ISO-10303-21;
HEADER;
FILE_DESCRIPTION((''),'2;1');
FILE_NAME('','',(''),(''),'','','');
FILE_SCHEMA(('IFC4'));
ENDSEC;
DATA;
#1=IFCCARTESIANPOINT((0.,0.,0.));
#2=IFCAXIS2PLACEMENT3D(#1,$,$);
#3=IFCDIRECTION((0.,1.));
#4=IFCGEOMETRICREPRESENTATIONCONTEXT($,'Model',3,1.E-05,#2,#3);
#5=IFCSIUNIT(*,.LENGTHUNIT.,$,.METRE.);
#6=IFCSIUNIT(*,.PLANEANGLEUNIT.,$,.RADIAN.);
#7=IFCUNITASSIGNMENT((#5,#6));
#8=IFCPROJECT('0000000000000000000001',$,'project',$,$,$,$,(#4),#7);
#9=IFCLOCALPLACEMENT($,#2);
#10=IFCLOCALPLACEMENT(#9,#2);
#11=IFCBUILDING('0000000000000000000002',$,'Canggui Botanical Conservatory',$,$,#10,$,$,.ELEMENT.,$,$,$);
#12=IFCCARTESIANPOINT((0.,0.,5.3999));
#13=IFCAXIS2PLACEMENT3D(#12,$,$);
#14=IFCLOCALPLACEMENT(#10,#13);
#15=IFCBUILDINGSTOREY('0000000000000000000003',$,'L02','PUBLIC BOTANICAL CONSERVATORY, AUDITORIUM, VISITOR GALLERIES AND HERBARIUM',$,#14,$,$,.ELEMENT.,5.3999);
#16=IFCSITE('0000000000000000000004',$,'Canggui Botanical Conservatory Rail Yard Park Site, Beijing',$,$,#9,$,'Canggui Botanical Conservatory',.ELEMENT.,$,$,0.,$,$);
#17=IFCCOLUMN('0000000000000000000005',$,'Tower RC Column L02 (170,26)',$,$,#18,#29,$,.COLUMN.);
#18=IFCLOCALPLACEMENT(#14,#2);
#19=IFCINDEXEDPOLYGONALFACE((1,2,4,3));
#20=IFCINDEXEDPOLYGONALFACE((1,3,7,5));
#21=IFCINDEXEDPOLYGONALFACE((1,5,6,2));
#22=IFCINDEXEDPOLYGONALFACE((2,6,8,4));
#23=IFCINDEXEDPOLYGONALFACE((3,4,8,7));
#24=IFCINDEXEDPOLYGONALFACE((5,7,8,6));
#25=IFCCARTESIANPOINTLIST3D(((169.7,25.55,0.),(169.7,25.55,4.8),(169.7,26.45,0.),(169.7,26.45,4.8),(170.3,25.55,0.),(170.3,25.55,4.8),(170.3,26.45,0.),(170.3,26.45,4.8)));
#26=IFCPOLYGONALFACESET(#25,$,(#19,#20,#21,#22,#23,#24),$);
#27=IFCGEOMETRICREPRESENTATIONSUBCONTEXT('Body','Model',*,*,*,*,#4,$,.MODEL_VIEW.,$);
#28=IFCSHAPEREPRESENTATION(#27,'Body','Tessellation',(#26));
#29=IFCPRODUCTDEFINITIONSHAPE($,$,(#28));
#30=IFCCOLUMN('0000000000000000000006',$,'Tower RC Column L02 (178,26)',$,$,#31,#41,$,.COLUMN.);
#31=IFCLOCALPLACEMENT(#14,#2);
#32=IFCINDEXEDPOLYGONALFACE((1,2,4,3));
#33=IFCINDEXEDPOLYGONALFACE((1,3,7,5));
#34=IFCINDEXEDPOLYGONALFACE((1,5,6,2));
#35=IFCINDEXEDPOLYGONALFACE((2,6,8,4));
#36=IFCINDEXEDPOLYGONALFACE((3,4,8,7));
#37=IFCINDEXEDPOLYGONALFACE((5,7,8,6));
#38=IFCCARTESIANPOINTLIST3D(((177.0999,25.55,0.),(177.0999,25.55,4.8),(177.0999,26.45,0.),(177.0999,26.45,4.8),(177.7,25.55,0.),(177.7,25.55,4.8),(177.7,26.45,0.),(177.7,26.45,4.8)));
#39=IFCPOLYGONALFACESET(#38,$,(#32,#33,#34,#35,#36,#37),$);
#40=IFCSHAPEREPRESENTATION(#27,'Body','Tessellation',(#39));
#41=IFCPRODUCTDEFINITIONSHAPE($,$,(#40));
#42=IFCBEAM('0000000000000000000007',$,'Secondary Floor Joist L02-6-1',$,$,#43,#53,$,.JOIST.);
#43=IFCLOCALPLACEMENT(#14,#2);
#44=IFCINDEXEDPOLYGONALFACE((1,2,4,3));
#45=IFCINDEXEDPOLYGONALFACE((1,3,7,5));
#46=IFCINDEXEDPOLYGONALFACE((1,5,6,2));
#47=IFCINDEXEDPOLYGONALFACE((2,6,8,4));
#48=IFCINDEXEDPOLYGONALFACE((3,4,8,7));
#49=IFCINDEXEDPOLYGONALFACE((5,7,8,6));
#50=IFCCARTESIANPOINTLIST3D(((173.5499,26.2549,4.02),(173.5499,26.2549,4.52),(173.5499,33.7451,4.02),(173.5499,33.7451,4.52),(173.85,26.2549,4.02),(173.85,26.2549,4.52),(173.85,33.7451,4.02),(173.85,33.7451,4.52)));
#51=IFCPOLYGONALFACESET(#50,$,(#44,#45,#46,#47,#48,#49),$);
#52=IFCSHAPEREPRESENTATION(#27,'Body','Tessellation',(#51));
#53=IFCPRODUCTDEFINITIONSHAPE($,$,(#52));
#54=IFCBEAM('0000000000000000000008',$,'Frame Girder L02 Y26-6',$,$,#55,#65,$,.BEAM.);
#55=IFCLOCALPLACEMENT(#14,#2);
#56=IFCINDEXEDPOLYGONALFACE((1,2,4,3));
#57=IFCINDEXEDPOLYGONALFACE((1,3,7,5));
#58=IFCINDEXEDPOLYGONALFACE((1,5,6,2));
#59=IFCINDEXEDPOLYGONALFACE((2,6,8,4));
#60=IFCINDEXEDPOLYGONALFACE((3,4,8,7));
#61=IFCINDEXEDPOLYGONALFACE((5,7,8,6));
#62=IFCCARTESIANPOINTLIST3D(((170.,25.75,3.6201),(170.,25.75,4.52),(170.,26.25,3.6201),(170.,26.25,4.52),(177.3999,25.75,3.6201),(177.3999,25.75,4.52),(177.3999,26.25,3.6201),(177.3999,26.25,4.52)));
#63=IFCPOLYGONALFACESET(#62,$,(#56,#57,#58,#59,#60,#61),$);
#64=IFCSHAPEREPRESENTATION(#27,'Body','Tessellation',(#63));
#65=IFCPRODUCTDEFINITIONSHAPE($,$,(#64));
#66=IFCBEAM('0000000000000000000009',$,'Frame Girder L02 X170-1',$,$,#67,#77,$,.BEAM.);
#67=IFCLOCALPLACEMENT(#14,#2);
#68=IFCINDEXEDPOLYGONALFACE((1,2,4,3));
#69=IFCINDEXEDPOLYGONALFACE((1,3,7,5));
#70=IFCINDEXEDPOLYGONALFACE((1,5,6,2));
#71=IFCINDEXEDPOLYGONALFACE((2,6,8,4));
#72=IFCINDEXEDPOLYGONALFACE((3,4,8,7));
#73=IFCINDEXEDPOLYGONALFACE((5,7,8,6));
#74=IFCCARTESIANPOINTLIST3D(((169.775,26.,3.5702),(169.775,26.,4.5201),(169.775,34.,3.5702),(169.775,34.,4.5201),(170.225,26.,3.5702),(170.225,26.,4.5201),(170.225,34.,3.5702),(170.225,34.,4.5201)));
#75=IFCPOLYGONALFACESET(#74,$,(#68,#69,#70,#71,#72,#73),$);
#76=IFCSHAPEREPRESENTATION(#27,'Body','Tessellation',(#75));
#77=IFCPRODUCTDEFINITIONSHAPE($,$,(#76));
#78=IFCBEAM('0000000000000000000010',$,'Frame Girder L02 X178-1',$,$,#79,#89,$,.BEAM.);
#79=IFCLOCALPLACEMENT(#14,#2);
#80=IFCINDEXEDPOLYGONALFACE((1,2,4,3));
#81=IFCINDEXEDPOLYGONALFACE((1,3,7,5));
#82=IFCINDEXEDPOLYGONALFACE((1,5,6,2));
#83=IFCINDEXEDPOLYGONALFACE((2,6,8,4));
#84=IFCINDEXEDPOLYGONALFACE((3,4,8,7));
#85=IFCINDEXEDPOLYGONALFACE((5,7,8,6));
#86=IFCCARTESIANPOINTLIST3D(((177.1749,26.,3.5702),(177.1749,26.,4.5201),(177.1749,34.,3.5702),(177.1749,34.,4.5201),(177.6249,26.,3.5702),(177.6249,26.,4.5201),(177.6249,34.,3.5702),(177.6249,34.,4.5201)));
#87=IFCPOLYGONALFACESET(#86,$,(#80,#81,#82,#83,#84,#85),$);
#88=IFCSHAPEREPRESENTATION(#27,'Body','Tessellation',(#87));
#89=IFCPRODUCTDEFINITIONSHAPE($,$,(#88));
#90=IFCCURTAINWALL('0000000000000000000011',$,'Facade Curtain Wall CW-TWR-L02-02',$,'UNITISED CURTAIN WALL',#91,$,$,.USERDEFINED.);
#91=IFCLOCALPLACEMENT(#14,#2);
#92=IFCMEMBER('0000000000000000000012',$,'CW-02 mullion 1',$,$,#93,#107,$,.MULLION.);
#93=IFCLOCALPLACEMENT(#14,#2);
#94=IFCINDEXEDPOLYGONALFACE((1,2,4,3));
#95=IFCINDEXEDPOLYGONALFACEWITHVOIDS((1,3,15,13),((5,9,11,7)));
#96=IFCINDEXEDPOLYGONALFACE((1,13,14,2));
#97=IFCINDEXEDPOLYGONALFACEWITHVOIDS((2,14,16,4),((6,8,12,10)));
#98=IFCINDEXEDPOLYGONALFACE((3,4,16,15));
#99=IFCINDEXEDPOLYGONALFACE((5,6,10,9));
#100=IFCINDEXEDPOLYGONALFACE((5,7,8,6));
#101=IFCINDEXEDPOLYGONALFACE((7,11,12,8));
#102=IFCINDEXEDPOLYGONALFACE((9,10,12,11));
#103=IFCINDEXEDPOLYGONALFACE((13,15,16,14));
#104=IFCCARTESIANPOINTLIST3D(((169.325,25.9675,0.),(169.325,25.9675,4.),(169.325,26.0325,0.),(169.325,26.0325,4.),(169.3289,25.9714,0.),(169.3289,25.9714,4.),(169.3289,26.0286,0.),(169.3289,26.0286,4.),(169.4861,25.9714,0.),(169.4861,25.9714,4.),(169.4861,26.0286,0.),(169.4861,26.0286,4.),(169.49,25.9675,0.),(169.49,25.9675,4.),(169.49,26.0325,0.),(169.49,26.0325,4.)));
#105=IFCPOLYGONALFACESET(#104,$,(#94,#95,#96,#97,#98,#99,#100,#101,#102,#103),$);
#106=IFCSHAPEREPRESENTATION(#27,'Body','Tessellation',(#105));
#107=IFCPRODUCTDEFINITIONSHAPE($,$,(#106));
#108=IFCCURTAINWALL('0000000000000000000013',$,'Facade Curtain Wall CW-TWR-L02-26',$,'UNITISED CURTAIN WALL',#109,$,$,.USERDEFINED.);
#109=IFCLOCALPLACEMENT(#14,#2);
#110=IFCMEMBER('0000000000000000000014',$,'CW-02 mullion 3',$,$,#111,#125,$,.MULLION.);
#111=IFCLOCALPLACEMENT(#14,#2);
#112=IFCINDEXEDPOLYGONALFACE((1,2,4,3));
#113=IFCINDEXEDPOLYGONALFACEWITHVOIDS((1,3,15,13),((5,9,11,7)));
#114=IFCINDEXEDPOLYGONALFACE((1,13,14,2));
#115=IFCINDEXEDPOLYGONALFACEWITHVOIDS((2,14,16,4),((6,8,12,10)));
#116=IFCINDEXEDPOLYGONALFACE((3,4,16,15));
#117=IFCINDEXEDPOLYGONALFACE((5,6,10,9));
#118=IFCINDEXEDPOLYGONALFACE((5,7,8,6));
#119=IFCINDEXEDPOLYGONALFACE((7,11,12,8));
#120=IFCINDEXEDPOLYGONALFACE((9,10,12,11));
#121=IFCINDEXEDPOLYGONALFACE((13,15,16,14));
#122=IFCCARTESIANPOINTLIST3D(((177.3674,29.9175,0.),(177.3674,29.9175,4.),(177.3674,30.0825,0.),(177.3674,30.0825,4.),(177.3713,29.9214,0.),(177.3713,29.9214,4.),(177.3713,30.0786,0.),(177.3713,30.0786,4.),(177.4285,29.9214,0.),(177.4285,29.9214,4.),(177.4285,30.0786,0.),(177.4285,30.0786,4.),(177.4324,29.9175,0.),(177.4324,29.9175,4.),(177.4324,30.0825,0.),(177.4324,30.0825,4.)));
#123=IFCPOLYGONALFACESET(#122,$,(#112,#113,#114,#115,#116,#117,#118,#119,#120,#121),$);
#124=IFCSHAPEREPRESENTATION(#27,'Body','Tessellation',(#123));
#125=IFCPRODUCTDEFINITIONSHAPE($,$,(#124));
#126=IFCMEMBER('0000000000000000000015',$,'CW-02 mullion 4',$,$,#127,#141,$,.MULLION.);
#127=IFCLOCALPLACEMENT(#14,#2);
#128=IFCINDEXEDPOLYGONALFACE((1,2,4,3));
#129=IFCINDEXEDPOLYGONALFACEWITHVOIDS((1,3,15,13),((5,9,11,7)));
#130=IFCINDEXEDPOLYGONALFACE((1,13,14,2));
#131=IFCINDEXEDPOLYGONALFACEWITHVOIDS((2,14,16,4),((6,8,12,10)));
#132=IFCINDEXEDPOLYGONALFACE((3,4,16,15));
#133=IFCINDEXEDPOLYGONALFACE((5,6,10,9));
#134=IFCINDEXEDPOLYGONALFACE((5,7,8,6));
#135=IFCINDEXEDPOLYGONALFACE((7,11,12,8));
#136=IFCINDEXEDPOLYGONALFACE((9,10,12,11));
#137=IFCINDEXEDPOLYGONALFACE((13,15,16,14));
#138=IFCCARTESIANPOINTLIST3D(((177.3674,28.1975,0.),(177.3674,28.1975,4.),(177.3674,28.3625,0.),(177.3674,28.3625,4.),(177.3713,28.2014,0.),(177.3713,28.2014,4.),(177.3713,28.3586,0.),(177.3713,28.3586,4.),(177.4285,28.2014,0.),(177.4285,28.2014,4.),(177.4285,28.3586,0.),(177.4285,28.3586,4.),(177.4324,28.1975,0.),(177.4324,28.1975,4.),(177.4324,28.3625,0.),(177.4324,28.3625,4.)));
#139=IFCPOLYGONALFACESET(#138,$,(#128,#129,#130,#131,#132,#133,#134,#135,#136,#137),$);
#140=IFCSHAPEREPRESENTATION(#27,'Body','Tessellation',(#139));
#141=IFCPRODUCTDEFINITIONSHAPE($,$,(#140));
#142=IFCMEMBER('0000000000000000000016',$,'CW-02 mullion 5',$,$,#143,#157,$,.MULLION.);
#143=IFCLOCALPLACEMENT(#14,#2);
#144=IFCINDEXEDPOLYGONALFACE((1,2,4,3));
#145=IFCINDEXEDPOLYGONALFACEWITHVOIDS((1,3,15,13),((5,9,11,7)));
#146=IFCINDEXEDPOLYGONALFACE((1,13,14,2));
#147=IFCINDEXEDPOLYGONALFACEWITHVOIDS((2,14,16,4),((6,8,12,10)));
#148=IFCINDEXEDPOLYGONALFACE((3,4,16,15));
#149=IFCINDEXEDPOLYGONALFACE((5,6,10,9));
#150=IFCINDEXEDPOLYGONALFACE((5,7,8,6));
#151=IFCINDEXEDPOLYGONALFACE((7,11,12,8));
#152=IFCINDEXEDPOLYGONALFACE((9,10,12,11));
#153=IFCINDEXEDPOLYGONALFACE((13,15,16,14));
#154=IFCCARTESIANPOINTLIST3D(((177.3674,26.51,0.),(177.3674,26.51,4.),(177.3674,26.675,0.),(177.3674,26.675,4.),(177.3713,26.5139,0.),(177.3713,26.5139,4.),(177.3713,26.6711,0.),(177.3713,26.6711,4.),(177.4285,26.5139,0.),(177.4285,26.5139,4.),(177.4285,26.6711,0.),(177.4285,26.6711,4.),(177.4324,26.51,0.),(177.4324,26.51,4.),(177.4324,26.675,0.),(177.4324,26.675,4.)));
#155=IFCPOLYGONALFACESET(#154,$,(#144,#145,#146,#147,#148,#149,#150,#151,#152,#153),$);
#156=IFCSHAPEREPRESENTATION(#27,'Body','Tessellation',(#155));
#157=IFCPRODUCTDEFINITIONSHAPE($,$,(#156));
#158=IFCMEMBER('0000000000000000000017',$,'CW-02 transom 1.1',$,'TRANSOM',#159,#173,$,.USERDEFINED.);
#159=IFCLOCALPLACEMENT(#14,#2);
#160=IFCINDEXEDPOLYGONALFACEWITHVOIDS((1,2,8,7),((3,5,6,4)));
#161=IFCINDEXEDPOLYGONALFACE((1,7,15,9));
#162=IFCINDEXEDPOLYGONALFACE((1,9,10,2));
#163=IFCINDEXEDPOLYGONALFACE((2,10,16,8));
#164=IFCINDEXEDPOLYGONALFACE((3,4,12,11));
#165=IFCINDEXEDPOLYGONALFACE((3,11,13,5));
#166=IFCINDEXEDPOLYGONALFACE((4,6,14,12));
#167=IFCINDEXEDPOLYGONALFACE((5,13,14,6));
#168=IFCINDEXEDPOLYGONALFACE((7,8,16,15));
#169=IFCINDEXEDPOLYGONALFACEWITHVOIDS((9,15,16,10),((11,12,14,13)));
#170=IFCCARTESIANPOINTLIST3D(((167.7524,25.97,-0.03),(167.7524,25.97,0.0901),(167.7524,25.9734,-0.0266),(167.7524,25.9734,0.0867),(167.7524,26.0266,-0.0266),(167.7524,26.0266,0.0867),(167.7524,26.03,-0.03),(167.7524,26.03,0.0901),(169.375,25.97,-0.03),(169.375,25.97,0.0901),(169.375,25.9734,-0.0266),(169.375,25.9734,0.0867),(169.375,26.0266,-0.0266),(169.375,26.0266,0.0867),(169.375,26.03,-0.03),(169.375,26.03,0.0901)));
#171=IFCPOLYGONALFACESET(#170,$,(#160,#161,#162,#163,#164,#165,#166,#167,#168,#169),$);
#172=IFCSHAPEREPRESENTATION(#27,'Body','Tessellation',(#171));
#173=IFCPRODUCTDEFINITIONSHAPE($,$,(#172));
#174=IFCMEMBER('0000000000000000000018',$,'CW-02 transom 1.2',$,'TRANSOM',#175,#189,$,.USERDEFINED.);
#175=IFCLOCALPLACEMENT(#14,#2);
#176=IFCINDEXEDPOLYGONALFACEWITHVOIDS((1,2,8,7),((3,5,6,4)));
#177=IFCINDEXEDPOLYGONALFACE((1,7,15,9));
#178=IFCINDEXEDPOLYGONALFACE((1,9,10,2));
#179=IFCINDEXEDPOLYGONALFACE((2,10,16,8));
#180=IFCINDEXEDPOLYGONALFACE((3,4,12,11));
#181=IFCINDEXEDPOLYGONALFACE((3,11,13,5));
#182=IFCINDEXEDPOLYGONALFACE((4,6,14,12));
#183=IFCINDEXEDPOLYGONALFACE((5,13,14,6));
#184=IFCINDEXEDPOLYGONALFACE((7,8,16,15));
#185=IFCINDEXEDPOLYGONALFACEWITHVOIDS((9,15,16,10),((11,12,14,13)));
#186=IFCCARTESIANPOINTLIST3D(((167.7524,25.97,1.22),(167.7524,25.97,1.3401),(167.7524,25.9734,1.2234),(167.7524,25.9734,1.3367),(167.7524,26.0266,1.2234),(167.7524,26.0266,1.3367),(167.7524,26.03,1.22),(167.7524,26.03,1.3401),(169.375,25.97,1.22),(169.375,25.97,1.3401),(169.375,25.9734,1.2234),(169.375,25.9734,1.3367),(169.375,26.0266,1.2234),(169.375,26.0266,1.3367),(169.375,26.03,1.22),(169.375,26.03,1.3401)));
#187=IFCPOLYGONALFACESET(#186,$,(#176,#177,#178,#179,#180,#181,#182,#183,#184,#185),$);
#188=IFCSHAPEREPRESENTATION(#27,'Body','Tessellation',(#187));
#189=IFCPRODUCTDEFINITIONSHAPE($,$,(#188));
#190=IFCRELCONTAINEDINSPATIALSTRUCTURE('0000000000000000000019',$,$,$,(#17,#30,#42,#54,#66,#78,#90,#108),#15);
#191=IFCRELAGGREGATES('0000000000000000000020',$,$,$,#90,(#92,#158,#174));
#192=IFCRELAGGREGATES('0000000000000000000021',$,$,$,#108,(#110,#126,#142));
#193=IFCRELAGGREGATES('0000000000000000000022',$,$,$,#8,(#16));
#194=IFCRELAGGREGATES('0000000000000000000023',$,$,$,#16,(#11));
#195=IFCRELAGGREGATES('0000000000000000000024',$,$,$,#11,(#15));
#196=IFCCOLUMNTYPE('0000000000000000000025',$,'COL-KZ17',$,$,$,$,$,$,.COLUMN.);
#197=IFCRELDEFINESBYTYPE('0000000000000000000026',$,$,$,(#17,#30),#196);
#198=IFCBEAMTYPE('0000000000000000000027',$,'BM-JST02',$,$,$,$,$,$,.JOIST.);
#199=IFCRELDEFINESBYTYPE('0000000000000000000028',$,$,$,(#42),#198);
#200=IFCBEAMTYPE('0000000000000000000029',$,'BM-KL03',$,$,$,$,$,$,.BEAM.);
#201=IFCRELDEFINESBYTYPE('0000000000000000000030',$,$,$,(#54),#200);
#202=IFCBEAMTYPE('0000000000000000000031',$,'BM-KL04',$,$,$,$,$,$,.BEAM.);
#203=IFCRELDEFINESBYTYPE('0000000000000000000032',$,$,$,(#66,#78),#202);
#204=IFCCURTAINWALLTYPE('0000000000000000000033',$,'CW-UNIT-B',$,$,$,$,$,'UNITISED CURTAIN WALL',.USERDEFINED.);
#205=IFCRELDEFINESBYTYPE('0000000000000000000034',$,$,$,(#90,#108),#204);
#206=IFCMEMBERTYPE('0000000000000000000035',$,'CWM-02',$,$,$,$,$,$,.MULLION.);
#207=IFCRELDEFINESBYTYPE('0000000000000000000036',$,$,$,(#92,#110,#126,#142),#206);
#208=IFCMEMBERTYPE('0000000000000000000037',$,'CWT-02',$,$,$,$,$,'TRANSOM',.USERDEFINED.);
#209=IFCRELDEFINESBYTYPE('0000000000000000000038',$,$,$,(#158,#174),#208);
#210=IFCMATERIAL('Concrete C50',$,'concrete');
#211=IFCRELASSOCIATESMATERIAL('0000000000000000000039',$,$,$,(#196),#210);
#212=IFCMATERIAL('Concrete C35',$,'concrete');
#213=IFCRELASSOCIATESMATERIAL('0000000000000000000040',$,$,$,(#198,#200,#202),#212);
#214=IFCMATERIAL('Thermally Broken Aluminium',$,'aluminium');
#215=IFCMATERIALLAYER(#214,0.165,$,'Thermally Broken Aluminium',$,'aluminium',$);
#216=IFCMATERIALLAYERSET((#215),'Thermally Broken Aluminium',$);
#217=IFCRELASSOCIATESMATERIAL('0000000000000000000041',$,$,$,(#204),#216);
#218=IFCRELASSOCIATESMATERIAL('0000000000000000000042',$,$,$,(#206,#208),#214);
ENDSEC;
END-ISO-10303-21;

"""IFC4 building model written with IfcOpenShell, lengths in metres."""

from ifc_helpers import new_model, si_unit, direction, frame, origin, origin_2d, place, context, subcontext, project, spatial, rectangle, hollow_rectangle, extrude, material, layer, layer_set, material_profile, profile_set, type_object, element, aggregate, save


model = new_model("IFC4")

# Units and contexts
model_context = context("Model", 3, precision=1e-05, world=origin(), true_north=direction((0.0, 1.0)))
body_context = subcontext(model_context, "Body", "Model", "MODEL_VIEW")
ifc_project = project(units=[si_unit("LENGTHUNIT", "METRE"), si_unit("PLANEANGLEUNIT", "RADIAN")], contexts=[model_context])

# Site, building, storey
site_placement = place(None, origin())
site = spatial("IfcSite", under=ifc_project, at=site_placement, Name="Canggui Botanical Conservatory Rail Yard Park Site, Beijing", LongName="Canggui Botanical Conservatory", CompositionType="ELEMENT", RefElevation=0.0)
building_placement = place(site_placement, origin())
building = spatial("IfcBuilding", under=site, at=building_placement, Name="Canggui Botanical Conservatory", CompositionType="ELEMENT")
storey_placement = place(building_placement, frame((0.0, 0.0, 5.3999)))
storey = spatial("IfcBuildingStorey", under=building, at=storey_placement, Name="L02", Description="PUBLIC BOTANICAL CONSERVATORY, AUDITORIUM, VISITOR GALLERIES AND HERBARIUM", CompositionType="ELEMENT", Elevation=5.3999)

# Columns
ifc_material_1 = material(Name="Concrete C50", Category="concrete")
ifc_material_profile_1 = material_profile(ifc_material_1, rectangle(XDim=0.6001, YDim=0.8999, at=origin_2d()), Name="RC 600x900")
ifc_profile_set_1 = profile_set([ifc_material_profile_1], Name="Concrete C50")
column_type = type_object("IfcColumnType", Name="COL-KZ17", PredefinedType="COLUMN", material=ifc_profile_set_1)
for number, where, z_axis, x_axis, name in (
    (1, (170.0, 26.0, 0.0), (0.0, 0.0, 1.0), (1.0, 0.0, 0.0), "Tower RC Column L02 (170,26)"),
    (2, (177.3999, 26.0, 0.0), (0.0, 0.0, 1.0), (1.0, 0.0, 0.0), "Tower RC Column L02 (178,26)"),
):
    element("IfcColumn", number, at=place(storey_placement, frame(where, z_axis=z_axis, x_axis=x_axis)), inside=storey, type_object=column_type, Name=name, PredefinedType="COLUMN", context=body_context, shape_type="SweptSolid", body=[
        extrude(rectangle(XDim=0.6001, YDim=0.8999, at=origin_2d()), origin(), (0.0, 0.0, 1.0), 4.8),
    ])

# Beams
ifc_material_2 = material(Name="Concrete C35", Category="concrete")
ifc_material_profile_2 = material_profile(ifc_material_2, rectangle(XDim=0.3, YDim=0.5, at=origin_2d()), Name="RB 300x500")
ifc_profile_set_2 = profile_set([ifc_material_profile_2], Name="Concrete C35")
beam_type_1 = type_object("IfcBeamType", Name="BM-JST02", PredefinedType="JOIST", material=ifc_profile_set_2)
beam_1_placement = place(storey_placement, frame((173.7, 26.2549, 4.27), z_axis=(0.0, 1.0, 0.0), x_axis=(-1.0, 0.0, 0.0)))
element("IfcBeam", 3, at=beam_1_placement, inside=storey, type_object=beam_type_1, Name="Secondary Floor Joist L02-6-1", PredefinedType="JOIST", context=body_context, shape_type="SweptSolid", body=[
    extrude(rectangle(XDim=0.3, YDim=0.5, at=origin_2d()), origin(), (0.0, 0.0, 1.0), 7.4902),
])
ifc_material_profile_3 = material_profile(ifc_material_2, rectangle(XDim=0.5, YDim=0.8999, at=origin_2d()), Name="RB 500x900")
ifc_profile_set_3 = profile_set([ifc_material_profile_3], Name="Concrete C35")
beam_type_2 = type_object("IfcBeamType", Name="BM-KL03", PredefinedType="BEAM", material=ifc_profile_set_3)
beam_2_placement = place(storey_placement, frame((170.0, 26.0, 4.0701), z_axis=(1.0, 0.0, 0.0), x_axis=(0.0, 1.0, 0.0)))
element("IfcBeam", 4, at=beam_2_placement, inside=storey, type_object=beam_type_2, Name="Frame Girder L02 Y26-6", PredefinedType="BEAM", context=body_context, shape_type="SweptSolid", body=[
    extrude(rectangle(XDim=0.5, YDim=0.8999, at=origin_2d()), origin(), (0.0, 0.0, 1.0), 7.3999),
])
ifc_material_profile_4 = material_profile(ifc_material_2, rectangle(XDim=0.45, YDim=0.95, at=origin_2d()), Name="RB 450x950")
ifc_profile_set_4 = profile_set([ifc_material_profile_4], Name="Concrete C35")
beam_type_3 = type_object("IfcBeamType", Name="BM-KL04", PredefinedType="BEAM", material=ifc_profile_set_4)
for number, where, z_axis, x_axis, name in (
    (5, (170.0, 26.0, 4.0452), (0.0, 1.0, 0.0), (-1.0, 0.0, 0.0), "Frame Girder L02 X170-1"),
    (6, (177.3999, 26.0, 4.0452), (0.0, 1.0, 0.0), (-1.0, 0.0, 0.0), "Frame Girder L02 X178-1"),
):
    element("IfcBeam", number, at=place(storey_placement, frame(where, z_axis=z_axis, x_axis=x_axis)), inside=storey, type_object=beam_type_3, Name=name, PredefinedType="BEAM", context=body_context, shape_type="SweptSolid", body=[
        extrude(rectangle(XDim=0.45, YDim=0.95, at=origin_2d()), origin(), (0.0, 0.0, 1.0), 8.0),
    ])

# Curtain wall, member
ifc_material_3 = material(Name="Thermally Broken Aluminium", Category="aluminium")
ifc_layer_1 = layer(ifc_material_3, 0.165, Name="Thermally Broken Aluminium", Category="aluminium")
ifc_layer_set_1 = layer_set([ifc_layer_1], Name="Thermally Broken Aluminium")
curtain_wall_type = type_object("IfcCurtainWallType", Name="CW-UNIT-B", ElementType="UNITISED CURTAIN WALL", PredefinedType="USERDEFINED", material=ifc_layer_set_1)
curtain_wall_1_placement = place(storey_placement, origin())
curtain_wall_1 = element("IfcCurtainWall", 7, at=curtain_wall_1_placement, inside=storey, type_object=curtain_wall_type, Name="Facade Curtain Wall CW-TWR-L02-02", ObjectType="UNITISED CURTAIN WALL", PredefinedType="USERDEFINED")
ifc_material_profile_5 = material_profile(ifc_material_3, hollow_rectangle(XDim=0.0649, YDim=0.165, WallThickness=0.0039, at=origin_2d()), Name="CWM 65x165x4")
ifc_profile_set_5 = profile_set([ifc_material_profile_5], Name="Thermally Broken Aluminium")
member_type_1 = type_object("IfcMemberType", Name="CWM-02", PredefinedType="MULLION", material=ifc_profile_set_5)
member_1_placement = place(storey_placement, frame((169.4075, 26.0, 0.0), z_axis=(0.0, 0.0, 1.0), x_axis=(0.0, -1.0, 0.0)))
member_1 = element("IfcMember", 8, at=member_1_placement, type_object=member_type_1, Name="CW-02 mullion 1", PredefinedType="MULLION", context=body_context, shape_type="SweptSolid", body=[
    extrude(hollow_rectangle(XDim=0.0649, YDim=0.165, WallThickness=0.0039, at=origin_2d()), origin(), (0.0, 0.0, 1.0), 4.0),
])

# Curtain wall, members
curtain_wall_2_placement = place(storey_placement, origin())
curtain_wall_2 = element("IfcCurtainWall", 9, at=curtain_wall_2_placement, inside=storey, type_object=curtain_wall_type, Name="Facade Curtain Wall CW-TWR-L02-26", ObjectType="UNITISED CURTAIN WALL", PredefinedType="USERDEFINED")
member_2_placement = place(storey_placement, frame((177.3999, 30.0, 0.0), z_axis=(0.0, 0.0, 1.0), x_axis=(1.0, 0.0, 0.0)))
member_2 = element("IfcMember", 10, at=member_2_placement, type_object=member_type_1, Name="CW-02 mullion 3", PredefinedType="MULLION", context=body_context, shape_type="SweptSolid", body=[
    extrude(hollow_rectangle(XDim=0.0649, YDim=0.165, WallThickness=0.0039, at=origin_2d()), origin(), (0.0, 0.0, 1.0), 4.0),
])
member_3_placement = place(storey_placement, frame((177.3999, 28.28, 0.0), z_axis=(0.0, 0.0, 1.0), x_axis=(1.0, 0.0, 0.0)))
member_3 = element("IfcMember", 11, at=member_3_placement, type_object=member_type_1, Name="CW-02 mullion 4", PredefinedType="MULLION", context=body_context, shape_type="SweptSolid", body=[
    extrude(hollow_rectangle(XDim=0.0649, YDim=0.165, WallThickness=0.0039, at=origin_2d()), origin(), (0.0, 0.0, 1.0), 4.0),
])
member_4_placement = place(storey_placement, frame((177.3999, 26.5925, 0.0), z_axis=(0.0, 0.0, 1.0), x_axis=(1.0, 0.0, 0.0)))
member_4 = element("IfcMember", 12, at=member_4_placement, type_object=member_type_1, Name="CW-02 mullion 5", PredefinedType="MULLION", context=body_context, shape_type="SweptSolid", body=[
    extrude(hollow_rectangle(XDim=0.0649, YDim=0.165, WallThickness=0.0039, at=origin_2d()), origin(), (0.0, 0.0, 1.0), 4.0),
])

# Members
ifc_material_profile_6 = material_profile(ifc_material_3, hollow_rectangle(XDim=0.0601, YDim=0.1201, WallThickness=0.0034, at=origin_2d()), Name="CWT 60x120x3.5")
ifc_profile_set_6 = profile_set([ifc_material_profile_6], Name="Thermally Broken Aluminium")
member_type_2 = type_object("IfcMemberType", Name="CWT-02", ElementType="TRANSOM", PredefinedType="USERDEFINED", material=ifc_profile_set_6)
member_5_placement = place(storey_placement, frame((169.375, 26.0, 0.03), z_axis=(-1.0, 0.0, 0.0), x_axis=(0.0, -1.0, 0.0)))
member_5 = element("IfcMember", 13, at=member_5_placement, type_object=member_type_2, Name="CW-02 transom 1.1", ObjectType="TRANSOM", PredefinedType="USERDEFINED", context=body_context, shape_type="SweptSolid", body=[
    extrude(hollow_rectangle(XDim=0.0601, YDim=0.1201, WallThickness=0.0034, at=origin_2d()), origin(), (0.0, 0.0, 1.0), 1.6226),
])
member_6_placement = place(storey_placement, frame((169.375, 26.0, 1.28), z_axis=(-1.0, 0.0, 0.0), x_axis=(0.0, -1.0, 0.0)))
member_6 = element("IfcMember", 14, at=member_6_placement, type_object=member_type_2, Name="CW-02 transom 1.2", ObjectType="TRANSOM", PredefinedType="USERDEFINED", context=body_context, shape_type="SweptSolid", body=[
    extrude(hollow_rectangle(XDim=0.0601, YDim=0.1201, WallThickness=0.0034, at=origin_2d()), origin(), (0.0, 0.0, 1.0), 1.6226),
])

aggregate(curtain_wall_1, [member_1, member_5, member_6])
aggregate(curtain_wall_2, [member_2, member_3, member_4])

save(model, "model.ifc")
